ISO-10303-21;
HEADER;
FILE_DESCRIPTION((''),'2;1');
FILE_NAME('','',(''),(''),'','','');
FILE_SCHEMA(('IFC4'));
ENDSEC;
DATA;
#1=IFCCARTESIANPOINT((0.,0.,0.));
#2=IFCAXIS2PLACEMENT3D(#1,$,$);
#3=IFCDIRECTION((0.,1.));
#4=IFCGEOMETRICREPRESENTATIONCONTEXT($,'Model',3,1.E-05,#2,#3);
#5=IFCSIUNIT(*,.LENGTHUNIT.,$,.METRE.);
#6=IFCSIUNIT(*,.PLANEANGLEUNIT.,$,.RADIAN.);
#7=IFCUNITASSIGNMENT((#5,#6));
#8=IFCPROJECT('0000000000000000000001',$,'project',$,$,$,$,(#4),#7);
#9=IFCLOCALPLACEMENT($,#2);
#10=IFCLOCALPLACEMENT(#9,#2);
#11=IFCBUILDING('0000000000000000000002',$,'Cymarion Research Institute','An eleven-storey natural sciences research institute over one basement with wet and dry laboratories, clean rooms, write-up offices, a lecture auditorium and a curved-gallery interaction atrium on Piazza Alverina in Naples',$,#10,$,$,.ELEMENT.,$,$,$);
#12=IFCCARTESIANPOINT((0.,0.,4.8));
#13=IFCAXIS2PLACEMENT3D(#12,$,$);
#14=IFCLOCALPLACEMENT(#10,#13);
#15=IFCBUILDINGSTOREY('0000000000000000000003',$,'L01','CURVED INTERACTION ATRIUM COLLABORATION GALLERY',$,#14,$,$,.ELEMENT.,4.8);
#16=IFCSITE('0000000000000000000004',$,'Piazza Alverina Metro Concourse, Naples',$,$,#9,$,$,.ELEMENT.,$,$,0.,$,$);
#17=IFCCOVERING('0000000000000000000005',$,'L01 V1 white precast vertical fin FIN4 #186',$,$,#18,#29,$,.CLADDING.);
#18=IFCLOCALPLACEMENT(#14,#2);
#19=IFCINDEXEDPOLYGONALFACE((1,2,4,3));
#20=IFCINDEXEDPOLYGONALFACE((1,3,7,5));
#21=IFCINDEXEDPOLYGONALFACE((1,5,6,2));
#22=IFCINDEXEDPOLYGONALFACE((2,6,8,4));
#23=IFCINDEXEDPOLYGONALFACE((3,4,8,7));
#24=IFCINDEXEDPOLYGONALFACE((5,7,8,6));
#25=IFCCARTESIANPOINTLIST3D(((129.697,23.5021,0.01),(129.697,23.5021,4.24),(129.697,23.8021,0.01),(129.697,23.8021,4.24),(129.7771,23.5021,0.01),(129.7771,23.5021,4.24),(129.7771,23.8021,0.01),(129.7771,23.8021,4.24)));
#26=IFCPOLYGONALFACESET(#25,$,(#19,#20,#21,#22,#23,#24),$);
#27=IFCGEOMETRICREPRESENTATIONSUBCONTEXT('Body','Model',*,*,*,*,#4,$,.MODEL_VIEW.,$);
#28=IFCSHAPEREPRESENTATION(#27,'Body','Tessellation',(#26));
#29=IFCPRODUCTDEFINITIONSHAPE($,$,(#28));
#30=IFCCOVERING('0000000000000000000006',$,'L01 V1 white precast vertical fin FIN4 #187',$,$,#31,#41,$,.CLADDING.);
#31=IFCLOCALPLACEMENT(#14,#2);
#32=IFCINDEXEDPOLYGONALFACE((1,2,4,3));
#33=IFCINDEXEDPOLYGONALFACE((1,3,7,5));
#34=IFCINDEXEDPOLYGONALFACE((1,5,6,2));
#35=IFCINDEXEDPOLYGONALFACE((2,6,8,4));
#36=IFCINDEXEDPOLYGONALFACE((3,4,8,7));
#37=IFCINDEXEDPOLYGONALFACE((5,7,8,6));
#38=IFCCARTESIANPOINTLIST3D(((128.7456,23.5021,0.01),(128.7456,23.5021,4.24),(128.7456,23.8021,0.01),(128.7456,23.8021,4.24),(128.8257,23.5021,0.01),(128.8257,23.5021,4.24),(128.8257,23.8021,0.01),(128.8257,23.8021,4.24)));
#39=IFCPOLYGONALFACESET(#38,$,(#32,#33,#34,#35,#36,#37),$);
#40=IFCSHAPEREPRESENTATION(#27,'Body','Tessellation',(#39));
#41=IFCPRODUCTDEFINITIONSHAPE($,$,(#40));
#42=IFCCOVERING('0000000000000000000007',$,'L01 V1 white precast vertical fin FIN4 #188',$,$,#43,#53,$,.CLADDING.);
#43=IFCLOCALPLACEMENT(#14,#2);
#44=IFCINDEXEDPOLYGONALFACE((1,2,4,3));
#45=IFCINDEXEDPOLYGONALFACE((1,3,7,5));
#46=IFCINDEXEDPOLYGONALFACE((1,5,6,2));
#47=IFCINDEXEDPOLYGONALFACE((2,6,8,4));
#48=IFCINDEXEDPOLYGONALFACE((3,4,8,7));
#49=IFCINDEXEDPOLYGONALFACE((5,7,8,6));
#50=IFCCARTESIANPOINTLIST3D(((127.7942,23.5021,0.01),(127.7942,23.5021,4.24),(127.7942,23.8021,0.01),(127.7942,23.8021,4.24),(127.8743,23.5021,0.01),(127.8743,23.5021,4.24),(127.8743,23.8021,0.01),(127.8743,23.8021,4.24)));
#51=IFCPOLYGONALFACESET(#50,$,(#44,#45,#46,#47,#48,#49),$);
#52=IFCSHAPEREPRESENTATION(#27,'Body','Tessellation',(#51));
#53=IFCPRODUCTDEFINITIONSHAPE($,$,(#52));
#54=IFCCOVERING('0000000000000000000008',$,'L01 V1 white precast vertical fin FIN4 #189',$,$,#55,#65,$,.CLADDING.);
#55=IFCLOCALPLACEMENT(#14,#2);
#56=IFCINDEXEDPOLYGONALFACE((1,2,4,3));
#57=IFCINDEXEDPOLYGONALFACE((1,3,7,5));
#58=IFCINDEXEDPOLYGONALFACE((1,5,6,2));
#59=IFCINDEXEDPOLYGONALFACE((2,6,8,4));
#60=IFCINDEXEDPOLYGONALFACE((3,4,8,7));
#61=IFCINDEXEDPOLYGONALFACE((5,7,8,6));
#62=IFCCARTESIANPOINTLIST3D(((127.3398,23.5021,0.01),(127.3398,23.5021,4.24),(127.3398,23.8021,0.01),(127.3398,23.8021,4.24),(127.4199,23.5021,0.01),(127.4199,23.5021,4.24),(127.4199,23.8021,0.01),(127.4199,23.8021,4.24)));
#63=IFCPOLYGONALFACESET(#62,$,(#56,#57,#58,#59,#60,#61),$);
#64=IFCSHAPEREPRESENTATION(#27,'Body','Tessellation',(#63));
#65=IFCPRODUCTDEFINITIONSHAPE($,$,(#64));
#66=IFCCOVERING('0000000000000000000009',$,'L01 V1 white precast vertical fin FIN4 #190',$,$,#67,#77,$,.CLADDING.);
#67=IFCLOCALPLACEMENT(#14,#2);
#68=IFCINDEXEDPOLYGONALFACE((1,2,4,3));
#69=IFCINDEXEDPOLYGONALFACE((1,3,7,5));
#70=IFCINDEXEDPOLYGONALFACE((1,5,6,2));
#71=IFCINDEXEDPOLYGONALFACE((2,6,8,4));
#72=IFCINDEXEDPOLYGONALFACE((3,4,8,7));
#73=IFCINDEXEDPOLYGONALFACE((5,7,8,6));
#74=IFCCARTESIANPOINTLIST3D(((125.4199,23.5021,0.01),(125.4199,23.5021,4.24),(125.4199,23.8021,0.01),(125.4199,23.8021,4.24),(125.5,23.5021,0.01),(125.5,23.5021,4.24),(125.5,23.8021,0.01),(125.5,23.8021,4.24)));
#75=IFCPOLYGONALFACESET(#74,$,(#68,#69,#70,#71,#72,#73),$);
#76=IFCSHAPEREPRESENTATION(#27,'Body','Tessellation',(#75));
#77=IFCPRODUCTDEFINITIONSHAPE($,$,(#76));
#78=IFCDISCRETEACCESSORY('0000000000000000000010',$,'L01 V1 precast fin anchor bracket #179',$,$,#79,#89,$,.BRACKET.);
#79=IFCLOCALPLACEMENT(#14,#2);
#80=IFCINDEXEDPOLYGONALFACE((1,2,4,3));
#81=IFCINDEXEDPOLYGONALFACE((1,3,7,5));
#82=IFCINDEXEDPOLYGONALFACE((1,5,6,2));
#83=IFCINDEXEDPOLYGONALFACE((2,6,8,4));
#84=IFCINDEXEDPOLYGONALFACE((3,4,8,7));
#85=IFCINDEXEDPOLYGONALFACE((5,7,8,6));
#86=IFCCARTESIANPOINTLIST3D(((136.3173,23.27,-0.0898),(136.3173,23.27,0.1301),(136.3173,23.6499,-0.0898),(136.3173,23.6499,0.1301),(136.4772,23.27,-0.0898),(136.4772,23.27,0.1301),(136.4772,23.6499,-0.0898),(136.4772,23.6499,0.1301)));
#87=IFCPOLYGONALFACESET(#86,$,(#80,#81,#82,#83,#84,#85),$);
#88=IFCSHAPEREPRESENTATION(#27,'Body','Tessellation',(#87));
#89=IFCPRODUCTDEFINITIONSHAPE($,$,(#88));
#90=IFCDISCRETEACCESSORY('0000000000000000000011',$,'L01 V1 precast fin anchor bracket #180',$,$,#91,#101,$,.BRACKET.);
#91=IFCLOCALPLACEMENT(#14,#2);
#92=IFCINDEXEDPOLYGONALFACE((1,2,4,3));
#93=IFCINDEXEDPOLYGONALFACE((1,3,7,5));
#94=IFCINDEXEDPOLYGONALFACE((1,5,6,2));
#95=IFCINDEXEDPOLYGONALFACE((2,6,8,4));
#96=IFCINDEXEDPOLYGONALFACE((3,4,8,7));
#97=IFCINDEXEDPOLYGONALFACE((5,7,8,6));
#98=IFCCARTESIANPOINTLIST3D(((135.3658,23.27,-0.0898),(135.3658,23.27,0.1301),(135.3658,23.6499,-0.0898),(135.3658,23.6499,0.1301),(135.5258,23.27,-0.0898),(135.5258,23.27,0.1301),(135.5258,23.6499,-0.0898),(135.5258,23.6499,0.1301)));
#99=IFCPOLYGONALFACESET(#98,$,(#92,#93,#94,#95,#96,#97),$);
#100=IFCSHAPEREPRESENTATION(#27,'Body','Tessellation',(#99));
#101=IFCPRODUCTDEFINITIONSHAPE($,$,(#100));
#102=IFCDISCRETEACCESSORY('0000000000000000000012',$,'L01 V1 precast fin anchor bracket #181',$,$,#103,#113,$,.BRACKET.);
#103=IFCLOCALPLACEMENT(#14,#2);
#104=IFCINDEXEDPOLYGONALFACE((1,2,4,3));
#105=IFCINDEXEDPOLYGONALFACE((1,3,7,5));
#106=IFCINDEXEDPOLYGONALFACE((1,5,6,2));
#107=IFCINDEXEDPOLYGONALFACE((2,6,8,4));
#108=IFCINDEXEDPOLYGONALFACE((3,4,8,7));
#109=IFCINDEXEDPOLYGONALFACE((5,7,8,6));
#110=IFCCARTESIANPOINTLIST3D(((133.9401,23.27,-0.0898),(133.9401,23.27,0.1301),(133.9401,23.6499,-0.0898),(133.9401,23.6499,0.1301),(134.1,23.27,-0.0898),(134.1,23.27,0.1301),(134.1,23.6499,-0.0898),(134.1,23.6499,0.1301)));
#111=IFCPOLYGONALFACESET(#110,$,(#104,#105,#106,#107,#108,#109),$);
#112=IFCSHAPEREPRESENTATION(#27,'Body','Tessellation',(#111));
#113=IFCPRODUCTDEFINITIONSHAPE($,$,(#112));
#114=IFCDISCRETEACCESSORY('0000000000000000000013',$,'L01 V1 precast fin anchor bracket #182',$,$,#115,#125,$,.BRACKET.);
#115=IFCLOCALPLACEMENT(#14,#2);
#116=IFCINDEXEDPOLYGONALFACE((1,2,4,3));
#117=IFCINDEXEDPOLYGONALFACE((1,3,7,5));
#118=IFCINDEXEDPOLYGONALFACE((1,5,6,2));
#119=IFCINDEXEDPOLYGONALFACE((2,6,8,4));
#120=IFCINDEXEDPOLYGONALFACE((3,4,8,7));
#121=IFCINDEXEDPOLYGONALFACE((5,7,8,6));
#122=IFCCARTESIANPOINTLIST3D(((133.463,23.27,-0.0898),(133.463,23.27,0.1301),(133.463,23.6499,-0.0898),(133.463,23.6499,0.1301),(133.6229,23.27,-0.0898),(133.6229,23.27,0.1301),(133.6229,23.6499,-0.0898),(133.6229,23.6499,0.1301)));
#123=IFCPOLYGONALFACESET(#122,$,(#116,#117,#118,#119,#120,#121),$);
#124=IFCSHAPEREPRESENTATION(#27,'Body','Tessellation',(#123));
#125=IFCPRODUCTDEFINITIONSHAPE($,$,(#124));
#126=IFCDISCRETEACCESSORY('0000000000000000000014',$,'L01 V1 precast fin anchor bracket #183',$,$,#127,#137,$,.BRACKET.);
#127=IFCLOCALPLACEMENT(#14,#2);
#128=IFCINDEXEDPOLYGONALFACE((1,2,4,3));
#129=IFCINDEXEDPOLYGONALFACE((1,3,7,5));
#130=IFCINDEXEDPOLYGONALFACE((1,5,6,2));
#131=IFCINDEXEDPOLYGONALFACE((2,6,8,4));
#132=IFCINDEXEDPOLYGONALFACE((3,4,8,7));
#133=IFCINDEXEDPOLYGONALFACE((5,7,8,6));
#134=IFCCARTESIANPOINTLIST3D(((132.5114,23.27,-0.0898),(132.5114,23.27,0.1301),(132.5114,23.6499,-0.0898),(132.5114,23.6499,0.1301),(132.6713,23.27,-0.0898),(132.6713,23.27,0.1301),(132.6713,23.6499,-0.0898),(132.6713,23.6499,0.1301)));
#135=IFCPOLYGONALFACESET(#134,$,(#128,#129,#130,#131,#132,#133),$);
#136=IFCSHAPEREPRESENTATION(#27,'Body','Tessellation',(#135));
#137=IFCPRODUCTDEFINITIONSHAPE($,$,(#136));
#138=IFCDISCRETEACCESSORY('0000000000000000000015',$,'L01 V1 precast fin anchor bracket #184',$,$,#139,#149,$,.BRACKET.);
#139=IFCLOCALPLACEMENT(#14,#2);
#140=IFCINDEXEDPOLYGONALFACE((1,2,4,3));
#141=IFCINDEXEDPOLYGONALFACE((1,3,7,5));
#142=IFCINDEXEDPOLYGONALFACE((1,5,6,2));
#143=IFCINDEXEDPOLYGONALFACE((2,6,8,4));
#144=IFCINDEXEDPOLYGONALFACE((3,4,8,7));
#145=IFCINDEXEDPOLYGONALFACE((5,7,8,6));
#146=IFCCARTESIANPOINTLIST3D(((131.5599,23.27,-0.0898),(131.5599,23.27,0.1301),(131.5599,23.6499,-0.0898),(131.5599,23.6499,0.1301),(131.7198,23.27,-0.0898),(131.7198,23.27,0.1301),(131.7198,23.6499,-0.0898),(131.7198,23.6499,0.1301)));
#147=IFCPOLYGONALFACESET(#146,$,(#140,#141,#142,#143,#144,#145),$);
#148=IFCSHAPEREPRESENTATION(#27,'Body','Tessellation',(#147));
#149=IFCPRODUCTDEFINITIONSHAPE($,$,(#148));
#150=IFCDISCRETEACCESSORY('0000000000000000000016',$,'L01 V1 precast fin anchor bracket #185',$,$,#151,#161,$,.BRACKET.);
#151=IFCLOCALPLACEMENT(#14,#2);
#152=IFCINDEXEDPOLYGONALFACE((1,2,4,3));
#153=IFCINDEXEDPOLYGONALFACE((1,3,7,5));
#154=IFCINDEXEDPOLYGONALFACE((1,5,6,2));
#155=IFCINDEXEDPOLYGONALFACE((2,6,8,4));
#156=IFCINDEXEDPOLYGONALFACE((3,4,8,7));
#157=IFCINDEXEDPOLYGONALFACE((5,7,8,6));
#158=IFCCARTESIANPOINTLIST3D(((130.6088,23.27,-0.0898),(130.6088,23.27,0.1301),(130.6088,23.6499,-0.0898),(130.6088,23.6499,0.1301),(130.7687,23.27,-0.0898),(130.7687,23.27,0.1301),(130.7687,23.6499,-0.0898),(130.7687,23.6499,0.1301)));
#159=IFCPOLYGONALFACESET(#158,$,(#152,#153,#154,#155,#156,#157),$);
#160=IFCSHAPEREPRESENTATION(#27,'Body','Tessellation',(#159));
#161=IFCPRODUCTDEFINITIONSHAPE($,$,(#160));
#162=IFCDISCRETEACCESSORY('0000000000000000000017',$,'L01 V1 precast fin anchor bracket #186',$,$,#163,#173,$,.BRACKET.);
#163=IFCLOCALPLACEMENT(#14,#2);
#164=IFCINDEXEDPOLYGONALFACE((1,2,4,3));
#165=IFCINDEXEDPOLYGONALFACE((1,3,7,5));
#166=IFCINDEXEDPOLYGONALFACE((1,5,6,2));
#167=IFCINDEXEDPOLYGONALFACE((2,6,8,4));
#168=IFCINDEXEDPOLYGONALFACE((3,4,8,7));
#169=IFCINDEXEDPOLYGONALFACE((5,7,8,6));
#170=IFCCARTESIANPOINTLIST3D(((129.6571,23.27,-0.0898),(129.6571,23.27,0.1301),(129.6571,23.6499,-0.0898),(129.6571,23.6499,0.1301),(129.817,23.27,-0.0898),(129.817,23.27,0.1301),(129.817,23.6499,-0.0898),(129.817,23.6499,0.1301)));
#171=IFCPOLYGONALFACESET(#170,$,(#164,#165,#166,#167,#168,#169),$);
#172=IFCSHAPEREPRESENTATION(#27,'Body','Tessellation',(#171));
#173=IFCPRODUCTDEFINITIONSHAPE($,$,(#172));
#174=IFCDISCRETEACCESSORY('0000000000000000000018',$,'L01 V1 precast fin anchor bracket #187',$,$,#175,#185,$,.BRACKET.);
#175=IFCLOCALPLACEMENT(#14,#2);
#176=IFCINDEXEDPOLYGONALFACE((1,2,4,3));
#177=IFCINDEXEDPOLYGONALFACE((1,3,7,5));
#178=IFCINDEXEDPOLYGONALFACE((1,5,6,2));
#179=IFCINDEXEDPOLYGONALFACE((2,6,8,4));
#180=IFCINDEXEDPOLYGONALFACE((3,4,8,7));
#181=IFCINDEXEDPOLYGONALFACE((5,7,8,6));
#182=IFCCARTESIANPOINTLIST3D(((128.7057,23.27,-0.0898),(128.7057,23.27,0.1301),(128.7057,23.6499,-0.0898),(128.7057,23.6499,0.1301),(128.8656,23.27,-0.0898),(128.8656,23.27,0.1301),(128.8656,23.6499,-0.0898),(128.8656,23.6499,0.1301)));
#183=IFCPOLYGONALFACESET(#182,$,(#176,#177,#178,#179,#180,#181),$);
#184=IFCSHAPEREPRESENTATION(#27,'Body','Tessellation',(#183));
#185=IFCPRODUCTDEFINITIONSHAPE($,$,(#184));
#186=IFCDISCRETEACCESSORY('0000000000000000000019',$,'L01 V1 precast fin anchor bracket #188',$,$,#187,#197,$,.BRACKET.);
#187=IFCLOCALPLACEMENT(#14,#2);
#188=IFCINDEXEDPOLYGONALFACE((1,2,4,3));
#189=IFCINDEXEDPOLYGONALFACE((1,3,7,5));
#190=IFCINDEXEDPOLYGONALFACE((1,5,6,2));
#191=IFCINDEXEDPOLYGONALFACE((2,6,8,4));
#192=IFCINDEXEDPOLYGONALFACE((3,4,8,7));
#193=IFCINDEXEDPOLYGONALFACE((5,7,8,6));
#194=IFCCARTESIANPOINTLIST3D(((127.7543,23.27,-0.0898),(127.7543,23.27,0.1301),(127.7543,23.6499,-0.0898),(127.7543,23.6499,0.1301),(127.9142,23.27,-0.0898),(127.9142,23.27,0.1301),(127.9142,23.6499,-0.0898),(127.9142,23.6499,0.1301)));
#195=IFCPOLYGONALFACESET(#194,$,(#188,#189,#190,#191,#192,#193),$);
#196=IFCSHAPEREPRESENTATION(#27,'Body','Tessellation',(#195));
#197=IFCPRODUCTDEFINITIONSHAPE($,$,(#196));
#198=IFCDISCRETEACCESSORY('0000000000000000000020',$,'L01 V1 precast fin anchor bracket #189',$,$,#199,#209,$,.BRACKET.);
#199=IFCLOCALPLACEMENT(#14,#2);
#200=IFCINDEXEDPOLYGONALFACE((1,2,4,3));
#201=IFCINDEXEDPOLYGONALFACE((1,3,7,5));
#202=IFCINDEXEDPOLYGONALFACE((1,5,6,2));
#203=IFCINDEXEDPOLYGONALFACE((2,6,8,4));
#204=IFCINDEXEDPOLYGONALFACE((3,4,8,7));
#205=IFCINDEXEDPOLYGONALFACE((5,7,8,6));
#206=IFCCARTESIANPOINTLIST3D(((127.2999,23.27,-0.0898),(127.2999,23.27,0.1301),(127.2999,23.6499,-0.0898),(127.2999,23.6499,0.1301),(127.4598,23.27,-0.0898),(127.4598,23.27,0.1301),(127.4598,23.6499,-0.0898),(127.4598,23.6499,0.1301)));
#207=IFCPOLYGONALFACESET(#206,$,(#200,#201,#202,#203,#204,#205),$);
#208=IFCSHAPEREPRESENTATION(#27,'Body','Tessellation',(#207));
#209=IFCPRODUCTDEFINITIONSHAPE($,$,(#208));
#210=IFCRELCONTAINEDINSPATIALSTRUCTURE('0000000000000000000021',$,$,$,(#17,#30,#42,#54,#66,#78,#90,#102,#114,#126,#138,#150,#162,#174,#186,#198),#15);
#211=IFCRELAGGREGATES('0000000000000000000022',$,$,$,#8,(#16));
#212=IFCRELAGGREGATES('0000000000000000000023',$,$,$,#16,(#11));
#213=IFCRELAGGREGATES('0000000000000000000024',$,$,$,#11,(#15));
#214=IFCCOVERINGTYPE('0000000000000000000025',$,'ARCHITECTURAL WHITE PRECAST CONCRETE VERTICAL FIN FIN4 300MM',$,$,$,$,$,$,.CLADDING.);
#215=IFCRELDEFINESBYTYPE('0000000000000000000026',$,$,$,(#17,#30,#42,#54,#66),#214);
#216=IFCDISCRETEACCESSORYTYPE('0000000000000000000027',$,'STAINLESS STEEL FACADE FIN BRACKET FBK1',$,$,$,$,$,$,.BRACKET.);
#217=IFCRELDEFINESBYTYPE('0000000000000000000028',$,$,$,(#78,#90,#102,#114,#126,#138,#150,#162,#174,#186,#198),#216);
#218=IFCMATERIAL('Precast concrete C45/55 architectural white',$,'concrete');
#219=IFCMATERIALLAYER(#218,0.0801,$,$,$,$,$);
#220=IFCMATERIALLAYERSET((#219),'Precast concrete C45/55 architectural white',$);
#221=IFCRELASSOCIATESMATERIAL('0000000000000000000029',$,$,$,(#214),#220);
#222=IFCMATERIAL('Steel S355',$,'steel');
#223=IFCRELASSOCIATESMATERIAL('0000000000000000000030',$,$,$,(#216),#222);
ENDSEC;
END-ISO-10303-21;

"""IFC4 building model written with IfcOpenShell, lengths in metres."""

from ifc_helpers import new_model, si_unit, direction, frame, origin, origin_2d, place, context, subcontext, project, spatial, rectangle, extrude, material, layer, layer_set, type_object, element, save


model = new_model("IFC4")

# Units and contexts
model_context = context("Model", 3, precision=1e-05, world=origin(), true_north=direction((0.0, 1.0)))
body_context = subcontext(model_context, "Body", "Model", "MODEL_VIEW")
ifc_project = project(units=[si_unit("LENGTHUNIT", "METRE"), si_unit("PLANEANGLEUNIT", "RADIAN")], contexts=[model_context])

# Site, building, storey
site_placement = place(None, origin())
site = spatial("IfcSite", under=ifc_project, at=site_placement, Name="Piazza Alverina Metro Concourse, Naples", CompositionType="ELEMENT", RefElevation=0.0)
building_placement = place(site_placement, origin())
building = spatial("IfcBuilding", under=site, at=building_placement, Name="Cymarion Research Institute", Description="An eleven-storey natural sciences research institute over one basement with wet and dry laboratories, clean rooms, write-up offices, a lecture auditorium and a curved-gallery interaction atrium on Piazza Alverina in Naples", CompositionType="ELEMENT")
storey_placement = place(building_placement, frame((0.0, 0.0, 4.8)))
storey = spatial("IfcBuildingStorey", under=building, at=storey_placement, Name="L01", Description="CURVED INTERACTION ATRIUM COLLABORATION GALLERY", CompositionType="ELEMENT", Elevation=4.8)

# Shared definitions
ifc_material_1 = material(Name="Steel S355", Category="steel")

# Coverings
ifc_material_2 = material(Name="Precast concrete C45/55 architectural white", Category="concrete")
ifc_layer = layer(ifc_material_2, 0.0801)
ifc_layer_set = layer_set([ifc_layer], Name="Precast concrete C45/55 architectural white")
covering_type = type_object("IfcCoveringType", Name="ARCHITECTURAL WHITE PRECAST CONCRETE VERTICAL FIN FIN4 300MM", PredefinedType="CLADDING", material=ifc_layer_set)
for number, where, z_axis, x_axis, name in (
    (1, (129.7371, 23.6521, 0.01), (0.0, 0.0, 1.0), (0.0, 1.0, 0.0), "L01 V1 white precast vertical fin FIN4 #186"),
    (2, (128.7856, 23.6521, 0.01), (0.0, 0.0, 1.0), (0.0, 1.0, 0.0), "L01 V1 white precast vertical fin FIN4 #187"),
    (3, (127.8342, 23.6521, 0.01), (0.0, 0.0, 1.0), (0.0, 1.0, 0.0), "L01 V1 white precast vertical fin FIN4 #188"),
    (4, (127.3799, 23.6521, 0.01), (0.0, 0.0, 1.0), (0.0, 1.0, 0.0), "L01 V1 white precast vertical fin FIN4 #189"),
    (5, (125.46, 23.6521, 0.01), (0.0, 0.0, 1.0), (0.0, 1.0, 0.0), "L01 V1 white precast vertical fin FIN4 #190"),
):
    element("IfcCovering", number, at=place(storey_placement, frame(where, z_axis=z_axis, x_axis=x_axis)), inside=storey, type_object=covering_type, Name=name, PredefinedType="CLADDING", context=body_context, shape_type="SweptSolid", body=[
        extrude(rectangle(XDim=0.3, YDim=0.0801, at=origin_2d()), origin(), (0.0, 0.0, 1.0), 4.23),
    ])

# Discrete accessories
discrete_accessory_type = type_object("IfcDiscreteAccessoryType", Name="STAINLESS STEEL FACADE FIN BRACKET FBK1", PredefinedType="BRACKET", material=ifc_material_1)
for number, where, z_axis, x_axis, name in (
    (6, (136.3972, 23.46, -0.0898), (0.0, 0.0, 1.0), (0.0, 1.0, 0.0), "L01 V1 precast fin anchor bracket #179"),
    (7, (135.4458, 23.46, -0.0898), (0.0, 0.0, 1.0), (0.0, 1.0, 0.0), "L01 V1 precast fin anchor bracket #180"),
    (8, (134.02, 23.46, -0.0898), (0.0, 0.0, 1.0), (0.0, 1.0, 0.0), "L01 V1 precast fin anchor bracket #181"),
    (9, (133.543, 23.46, -0.0898), (0.0, 0.0, 1.0), (0.0, 1.0, 0.0), "L01 V1 precast fin anchor bracket #182"),
    (10, (132.5913, 23.46, -0.0898), (0.0, 0.0, 1.0), (0.0, 1.0, 0.0), "L01 V1 precast fin anchor bracket #183"),
    (11, (131.6399, 23.46, -0.0898), (0.0, 0.0, 1.0), (0.0, 1.0, 0.0), "L01 V1 precast fin anchor bracket #184"),
    (12, (130.6887, 23.46, -0.0898), (0.0, 0.0, 1.0), (0.0, 1.0, 0.0), "L01 V1 precast fin anchor bracket #185"),
    (13, (129.7371, 23.46, -0.0898), (0.0, 0.0, 1.0), (0.0, 1.0, 0.0), "L01 V1 precast fin anchor bracket #186"),
    (14, (128.7856, 23.46, -0.0898), (0.0, 0.0, 1.0), (0.0, 1.0, 0.0), "L01 V1 precast fin anchor bracket #187"),
    (15, (127.8342, 23.46, -0.0898), (0.0, 0.0, 1.0), (0.0, 1.0, 0.0), "L01 V1 precast fin anchor bracket #188"),
    (16, (127.3799, 23.46, -0.0898), (0.0, 0.0, 1.0), (0.0, 1.0, 0.0), "L01 V1 precast fin anchor bracket #189"),
):
    element("IfcDiscreteAccessory", number, at=place(storey_placement, frame(where, z_axis=z_axis, x_axis=x_axis)), inside=storey, type_object=discrete_accessory_type, Name=name, PredefinedType="BRACKET", context=body_context, shape_type="SweptSolid", body=[
        extrude(rectangle(XDim=0.3799, YDim=0.1599, at=origin_2d()), origin(), (0.0, 0.0, 1.0), 0.22),
    ])

save(model, "model.ifc")
